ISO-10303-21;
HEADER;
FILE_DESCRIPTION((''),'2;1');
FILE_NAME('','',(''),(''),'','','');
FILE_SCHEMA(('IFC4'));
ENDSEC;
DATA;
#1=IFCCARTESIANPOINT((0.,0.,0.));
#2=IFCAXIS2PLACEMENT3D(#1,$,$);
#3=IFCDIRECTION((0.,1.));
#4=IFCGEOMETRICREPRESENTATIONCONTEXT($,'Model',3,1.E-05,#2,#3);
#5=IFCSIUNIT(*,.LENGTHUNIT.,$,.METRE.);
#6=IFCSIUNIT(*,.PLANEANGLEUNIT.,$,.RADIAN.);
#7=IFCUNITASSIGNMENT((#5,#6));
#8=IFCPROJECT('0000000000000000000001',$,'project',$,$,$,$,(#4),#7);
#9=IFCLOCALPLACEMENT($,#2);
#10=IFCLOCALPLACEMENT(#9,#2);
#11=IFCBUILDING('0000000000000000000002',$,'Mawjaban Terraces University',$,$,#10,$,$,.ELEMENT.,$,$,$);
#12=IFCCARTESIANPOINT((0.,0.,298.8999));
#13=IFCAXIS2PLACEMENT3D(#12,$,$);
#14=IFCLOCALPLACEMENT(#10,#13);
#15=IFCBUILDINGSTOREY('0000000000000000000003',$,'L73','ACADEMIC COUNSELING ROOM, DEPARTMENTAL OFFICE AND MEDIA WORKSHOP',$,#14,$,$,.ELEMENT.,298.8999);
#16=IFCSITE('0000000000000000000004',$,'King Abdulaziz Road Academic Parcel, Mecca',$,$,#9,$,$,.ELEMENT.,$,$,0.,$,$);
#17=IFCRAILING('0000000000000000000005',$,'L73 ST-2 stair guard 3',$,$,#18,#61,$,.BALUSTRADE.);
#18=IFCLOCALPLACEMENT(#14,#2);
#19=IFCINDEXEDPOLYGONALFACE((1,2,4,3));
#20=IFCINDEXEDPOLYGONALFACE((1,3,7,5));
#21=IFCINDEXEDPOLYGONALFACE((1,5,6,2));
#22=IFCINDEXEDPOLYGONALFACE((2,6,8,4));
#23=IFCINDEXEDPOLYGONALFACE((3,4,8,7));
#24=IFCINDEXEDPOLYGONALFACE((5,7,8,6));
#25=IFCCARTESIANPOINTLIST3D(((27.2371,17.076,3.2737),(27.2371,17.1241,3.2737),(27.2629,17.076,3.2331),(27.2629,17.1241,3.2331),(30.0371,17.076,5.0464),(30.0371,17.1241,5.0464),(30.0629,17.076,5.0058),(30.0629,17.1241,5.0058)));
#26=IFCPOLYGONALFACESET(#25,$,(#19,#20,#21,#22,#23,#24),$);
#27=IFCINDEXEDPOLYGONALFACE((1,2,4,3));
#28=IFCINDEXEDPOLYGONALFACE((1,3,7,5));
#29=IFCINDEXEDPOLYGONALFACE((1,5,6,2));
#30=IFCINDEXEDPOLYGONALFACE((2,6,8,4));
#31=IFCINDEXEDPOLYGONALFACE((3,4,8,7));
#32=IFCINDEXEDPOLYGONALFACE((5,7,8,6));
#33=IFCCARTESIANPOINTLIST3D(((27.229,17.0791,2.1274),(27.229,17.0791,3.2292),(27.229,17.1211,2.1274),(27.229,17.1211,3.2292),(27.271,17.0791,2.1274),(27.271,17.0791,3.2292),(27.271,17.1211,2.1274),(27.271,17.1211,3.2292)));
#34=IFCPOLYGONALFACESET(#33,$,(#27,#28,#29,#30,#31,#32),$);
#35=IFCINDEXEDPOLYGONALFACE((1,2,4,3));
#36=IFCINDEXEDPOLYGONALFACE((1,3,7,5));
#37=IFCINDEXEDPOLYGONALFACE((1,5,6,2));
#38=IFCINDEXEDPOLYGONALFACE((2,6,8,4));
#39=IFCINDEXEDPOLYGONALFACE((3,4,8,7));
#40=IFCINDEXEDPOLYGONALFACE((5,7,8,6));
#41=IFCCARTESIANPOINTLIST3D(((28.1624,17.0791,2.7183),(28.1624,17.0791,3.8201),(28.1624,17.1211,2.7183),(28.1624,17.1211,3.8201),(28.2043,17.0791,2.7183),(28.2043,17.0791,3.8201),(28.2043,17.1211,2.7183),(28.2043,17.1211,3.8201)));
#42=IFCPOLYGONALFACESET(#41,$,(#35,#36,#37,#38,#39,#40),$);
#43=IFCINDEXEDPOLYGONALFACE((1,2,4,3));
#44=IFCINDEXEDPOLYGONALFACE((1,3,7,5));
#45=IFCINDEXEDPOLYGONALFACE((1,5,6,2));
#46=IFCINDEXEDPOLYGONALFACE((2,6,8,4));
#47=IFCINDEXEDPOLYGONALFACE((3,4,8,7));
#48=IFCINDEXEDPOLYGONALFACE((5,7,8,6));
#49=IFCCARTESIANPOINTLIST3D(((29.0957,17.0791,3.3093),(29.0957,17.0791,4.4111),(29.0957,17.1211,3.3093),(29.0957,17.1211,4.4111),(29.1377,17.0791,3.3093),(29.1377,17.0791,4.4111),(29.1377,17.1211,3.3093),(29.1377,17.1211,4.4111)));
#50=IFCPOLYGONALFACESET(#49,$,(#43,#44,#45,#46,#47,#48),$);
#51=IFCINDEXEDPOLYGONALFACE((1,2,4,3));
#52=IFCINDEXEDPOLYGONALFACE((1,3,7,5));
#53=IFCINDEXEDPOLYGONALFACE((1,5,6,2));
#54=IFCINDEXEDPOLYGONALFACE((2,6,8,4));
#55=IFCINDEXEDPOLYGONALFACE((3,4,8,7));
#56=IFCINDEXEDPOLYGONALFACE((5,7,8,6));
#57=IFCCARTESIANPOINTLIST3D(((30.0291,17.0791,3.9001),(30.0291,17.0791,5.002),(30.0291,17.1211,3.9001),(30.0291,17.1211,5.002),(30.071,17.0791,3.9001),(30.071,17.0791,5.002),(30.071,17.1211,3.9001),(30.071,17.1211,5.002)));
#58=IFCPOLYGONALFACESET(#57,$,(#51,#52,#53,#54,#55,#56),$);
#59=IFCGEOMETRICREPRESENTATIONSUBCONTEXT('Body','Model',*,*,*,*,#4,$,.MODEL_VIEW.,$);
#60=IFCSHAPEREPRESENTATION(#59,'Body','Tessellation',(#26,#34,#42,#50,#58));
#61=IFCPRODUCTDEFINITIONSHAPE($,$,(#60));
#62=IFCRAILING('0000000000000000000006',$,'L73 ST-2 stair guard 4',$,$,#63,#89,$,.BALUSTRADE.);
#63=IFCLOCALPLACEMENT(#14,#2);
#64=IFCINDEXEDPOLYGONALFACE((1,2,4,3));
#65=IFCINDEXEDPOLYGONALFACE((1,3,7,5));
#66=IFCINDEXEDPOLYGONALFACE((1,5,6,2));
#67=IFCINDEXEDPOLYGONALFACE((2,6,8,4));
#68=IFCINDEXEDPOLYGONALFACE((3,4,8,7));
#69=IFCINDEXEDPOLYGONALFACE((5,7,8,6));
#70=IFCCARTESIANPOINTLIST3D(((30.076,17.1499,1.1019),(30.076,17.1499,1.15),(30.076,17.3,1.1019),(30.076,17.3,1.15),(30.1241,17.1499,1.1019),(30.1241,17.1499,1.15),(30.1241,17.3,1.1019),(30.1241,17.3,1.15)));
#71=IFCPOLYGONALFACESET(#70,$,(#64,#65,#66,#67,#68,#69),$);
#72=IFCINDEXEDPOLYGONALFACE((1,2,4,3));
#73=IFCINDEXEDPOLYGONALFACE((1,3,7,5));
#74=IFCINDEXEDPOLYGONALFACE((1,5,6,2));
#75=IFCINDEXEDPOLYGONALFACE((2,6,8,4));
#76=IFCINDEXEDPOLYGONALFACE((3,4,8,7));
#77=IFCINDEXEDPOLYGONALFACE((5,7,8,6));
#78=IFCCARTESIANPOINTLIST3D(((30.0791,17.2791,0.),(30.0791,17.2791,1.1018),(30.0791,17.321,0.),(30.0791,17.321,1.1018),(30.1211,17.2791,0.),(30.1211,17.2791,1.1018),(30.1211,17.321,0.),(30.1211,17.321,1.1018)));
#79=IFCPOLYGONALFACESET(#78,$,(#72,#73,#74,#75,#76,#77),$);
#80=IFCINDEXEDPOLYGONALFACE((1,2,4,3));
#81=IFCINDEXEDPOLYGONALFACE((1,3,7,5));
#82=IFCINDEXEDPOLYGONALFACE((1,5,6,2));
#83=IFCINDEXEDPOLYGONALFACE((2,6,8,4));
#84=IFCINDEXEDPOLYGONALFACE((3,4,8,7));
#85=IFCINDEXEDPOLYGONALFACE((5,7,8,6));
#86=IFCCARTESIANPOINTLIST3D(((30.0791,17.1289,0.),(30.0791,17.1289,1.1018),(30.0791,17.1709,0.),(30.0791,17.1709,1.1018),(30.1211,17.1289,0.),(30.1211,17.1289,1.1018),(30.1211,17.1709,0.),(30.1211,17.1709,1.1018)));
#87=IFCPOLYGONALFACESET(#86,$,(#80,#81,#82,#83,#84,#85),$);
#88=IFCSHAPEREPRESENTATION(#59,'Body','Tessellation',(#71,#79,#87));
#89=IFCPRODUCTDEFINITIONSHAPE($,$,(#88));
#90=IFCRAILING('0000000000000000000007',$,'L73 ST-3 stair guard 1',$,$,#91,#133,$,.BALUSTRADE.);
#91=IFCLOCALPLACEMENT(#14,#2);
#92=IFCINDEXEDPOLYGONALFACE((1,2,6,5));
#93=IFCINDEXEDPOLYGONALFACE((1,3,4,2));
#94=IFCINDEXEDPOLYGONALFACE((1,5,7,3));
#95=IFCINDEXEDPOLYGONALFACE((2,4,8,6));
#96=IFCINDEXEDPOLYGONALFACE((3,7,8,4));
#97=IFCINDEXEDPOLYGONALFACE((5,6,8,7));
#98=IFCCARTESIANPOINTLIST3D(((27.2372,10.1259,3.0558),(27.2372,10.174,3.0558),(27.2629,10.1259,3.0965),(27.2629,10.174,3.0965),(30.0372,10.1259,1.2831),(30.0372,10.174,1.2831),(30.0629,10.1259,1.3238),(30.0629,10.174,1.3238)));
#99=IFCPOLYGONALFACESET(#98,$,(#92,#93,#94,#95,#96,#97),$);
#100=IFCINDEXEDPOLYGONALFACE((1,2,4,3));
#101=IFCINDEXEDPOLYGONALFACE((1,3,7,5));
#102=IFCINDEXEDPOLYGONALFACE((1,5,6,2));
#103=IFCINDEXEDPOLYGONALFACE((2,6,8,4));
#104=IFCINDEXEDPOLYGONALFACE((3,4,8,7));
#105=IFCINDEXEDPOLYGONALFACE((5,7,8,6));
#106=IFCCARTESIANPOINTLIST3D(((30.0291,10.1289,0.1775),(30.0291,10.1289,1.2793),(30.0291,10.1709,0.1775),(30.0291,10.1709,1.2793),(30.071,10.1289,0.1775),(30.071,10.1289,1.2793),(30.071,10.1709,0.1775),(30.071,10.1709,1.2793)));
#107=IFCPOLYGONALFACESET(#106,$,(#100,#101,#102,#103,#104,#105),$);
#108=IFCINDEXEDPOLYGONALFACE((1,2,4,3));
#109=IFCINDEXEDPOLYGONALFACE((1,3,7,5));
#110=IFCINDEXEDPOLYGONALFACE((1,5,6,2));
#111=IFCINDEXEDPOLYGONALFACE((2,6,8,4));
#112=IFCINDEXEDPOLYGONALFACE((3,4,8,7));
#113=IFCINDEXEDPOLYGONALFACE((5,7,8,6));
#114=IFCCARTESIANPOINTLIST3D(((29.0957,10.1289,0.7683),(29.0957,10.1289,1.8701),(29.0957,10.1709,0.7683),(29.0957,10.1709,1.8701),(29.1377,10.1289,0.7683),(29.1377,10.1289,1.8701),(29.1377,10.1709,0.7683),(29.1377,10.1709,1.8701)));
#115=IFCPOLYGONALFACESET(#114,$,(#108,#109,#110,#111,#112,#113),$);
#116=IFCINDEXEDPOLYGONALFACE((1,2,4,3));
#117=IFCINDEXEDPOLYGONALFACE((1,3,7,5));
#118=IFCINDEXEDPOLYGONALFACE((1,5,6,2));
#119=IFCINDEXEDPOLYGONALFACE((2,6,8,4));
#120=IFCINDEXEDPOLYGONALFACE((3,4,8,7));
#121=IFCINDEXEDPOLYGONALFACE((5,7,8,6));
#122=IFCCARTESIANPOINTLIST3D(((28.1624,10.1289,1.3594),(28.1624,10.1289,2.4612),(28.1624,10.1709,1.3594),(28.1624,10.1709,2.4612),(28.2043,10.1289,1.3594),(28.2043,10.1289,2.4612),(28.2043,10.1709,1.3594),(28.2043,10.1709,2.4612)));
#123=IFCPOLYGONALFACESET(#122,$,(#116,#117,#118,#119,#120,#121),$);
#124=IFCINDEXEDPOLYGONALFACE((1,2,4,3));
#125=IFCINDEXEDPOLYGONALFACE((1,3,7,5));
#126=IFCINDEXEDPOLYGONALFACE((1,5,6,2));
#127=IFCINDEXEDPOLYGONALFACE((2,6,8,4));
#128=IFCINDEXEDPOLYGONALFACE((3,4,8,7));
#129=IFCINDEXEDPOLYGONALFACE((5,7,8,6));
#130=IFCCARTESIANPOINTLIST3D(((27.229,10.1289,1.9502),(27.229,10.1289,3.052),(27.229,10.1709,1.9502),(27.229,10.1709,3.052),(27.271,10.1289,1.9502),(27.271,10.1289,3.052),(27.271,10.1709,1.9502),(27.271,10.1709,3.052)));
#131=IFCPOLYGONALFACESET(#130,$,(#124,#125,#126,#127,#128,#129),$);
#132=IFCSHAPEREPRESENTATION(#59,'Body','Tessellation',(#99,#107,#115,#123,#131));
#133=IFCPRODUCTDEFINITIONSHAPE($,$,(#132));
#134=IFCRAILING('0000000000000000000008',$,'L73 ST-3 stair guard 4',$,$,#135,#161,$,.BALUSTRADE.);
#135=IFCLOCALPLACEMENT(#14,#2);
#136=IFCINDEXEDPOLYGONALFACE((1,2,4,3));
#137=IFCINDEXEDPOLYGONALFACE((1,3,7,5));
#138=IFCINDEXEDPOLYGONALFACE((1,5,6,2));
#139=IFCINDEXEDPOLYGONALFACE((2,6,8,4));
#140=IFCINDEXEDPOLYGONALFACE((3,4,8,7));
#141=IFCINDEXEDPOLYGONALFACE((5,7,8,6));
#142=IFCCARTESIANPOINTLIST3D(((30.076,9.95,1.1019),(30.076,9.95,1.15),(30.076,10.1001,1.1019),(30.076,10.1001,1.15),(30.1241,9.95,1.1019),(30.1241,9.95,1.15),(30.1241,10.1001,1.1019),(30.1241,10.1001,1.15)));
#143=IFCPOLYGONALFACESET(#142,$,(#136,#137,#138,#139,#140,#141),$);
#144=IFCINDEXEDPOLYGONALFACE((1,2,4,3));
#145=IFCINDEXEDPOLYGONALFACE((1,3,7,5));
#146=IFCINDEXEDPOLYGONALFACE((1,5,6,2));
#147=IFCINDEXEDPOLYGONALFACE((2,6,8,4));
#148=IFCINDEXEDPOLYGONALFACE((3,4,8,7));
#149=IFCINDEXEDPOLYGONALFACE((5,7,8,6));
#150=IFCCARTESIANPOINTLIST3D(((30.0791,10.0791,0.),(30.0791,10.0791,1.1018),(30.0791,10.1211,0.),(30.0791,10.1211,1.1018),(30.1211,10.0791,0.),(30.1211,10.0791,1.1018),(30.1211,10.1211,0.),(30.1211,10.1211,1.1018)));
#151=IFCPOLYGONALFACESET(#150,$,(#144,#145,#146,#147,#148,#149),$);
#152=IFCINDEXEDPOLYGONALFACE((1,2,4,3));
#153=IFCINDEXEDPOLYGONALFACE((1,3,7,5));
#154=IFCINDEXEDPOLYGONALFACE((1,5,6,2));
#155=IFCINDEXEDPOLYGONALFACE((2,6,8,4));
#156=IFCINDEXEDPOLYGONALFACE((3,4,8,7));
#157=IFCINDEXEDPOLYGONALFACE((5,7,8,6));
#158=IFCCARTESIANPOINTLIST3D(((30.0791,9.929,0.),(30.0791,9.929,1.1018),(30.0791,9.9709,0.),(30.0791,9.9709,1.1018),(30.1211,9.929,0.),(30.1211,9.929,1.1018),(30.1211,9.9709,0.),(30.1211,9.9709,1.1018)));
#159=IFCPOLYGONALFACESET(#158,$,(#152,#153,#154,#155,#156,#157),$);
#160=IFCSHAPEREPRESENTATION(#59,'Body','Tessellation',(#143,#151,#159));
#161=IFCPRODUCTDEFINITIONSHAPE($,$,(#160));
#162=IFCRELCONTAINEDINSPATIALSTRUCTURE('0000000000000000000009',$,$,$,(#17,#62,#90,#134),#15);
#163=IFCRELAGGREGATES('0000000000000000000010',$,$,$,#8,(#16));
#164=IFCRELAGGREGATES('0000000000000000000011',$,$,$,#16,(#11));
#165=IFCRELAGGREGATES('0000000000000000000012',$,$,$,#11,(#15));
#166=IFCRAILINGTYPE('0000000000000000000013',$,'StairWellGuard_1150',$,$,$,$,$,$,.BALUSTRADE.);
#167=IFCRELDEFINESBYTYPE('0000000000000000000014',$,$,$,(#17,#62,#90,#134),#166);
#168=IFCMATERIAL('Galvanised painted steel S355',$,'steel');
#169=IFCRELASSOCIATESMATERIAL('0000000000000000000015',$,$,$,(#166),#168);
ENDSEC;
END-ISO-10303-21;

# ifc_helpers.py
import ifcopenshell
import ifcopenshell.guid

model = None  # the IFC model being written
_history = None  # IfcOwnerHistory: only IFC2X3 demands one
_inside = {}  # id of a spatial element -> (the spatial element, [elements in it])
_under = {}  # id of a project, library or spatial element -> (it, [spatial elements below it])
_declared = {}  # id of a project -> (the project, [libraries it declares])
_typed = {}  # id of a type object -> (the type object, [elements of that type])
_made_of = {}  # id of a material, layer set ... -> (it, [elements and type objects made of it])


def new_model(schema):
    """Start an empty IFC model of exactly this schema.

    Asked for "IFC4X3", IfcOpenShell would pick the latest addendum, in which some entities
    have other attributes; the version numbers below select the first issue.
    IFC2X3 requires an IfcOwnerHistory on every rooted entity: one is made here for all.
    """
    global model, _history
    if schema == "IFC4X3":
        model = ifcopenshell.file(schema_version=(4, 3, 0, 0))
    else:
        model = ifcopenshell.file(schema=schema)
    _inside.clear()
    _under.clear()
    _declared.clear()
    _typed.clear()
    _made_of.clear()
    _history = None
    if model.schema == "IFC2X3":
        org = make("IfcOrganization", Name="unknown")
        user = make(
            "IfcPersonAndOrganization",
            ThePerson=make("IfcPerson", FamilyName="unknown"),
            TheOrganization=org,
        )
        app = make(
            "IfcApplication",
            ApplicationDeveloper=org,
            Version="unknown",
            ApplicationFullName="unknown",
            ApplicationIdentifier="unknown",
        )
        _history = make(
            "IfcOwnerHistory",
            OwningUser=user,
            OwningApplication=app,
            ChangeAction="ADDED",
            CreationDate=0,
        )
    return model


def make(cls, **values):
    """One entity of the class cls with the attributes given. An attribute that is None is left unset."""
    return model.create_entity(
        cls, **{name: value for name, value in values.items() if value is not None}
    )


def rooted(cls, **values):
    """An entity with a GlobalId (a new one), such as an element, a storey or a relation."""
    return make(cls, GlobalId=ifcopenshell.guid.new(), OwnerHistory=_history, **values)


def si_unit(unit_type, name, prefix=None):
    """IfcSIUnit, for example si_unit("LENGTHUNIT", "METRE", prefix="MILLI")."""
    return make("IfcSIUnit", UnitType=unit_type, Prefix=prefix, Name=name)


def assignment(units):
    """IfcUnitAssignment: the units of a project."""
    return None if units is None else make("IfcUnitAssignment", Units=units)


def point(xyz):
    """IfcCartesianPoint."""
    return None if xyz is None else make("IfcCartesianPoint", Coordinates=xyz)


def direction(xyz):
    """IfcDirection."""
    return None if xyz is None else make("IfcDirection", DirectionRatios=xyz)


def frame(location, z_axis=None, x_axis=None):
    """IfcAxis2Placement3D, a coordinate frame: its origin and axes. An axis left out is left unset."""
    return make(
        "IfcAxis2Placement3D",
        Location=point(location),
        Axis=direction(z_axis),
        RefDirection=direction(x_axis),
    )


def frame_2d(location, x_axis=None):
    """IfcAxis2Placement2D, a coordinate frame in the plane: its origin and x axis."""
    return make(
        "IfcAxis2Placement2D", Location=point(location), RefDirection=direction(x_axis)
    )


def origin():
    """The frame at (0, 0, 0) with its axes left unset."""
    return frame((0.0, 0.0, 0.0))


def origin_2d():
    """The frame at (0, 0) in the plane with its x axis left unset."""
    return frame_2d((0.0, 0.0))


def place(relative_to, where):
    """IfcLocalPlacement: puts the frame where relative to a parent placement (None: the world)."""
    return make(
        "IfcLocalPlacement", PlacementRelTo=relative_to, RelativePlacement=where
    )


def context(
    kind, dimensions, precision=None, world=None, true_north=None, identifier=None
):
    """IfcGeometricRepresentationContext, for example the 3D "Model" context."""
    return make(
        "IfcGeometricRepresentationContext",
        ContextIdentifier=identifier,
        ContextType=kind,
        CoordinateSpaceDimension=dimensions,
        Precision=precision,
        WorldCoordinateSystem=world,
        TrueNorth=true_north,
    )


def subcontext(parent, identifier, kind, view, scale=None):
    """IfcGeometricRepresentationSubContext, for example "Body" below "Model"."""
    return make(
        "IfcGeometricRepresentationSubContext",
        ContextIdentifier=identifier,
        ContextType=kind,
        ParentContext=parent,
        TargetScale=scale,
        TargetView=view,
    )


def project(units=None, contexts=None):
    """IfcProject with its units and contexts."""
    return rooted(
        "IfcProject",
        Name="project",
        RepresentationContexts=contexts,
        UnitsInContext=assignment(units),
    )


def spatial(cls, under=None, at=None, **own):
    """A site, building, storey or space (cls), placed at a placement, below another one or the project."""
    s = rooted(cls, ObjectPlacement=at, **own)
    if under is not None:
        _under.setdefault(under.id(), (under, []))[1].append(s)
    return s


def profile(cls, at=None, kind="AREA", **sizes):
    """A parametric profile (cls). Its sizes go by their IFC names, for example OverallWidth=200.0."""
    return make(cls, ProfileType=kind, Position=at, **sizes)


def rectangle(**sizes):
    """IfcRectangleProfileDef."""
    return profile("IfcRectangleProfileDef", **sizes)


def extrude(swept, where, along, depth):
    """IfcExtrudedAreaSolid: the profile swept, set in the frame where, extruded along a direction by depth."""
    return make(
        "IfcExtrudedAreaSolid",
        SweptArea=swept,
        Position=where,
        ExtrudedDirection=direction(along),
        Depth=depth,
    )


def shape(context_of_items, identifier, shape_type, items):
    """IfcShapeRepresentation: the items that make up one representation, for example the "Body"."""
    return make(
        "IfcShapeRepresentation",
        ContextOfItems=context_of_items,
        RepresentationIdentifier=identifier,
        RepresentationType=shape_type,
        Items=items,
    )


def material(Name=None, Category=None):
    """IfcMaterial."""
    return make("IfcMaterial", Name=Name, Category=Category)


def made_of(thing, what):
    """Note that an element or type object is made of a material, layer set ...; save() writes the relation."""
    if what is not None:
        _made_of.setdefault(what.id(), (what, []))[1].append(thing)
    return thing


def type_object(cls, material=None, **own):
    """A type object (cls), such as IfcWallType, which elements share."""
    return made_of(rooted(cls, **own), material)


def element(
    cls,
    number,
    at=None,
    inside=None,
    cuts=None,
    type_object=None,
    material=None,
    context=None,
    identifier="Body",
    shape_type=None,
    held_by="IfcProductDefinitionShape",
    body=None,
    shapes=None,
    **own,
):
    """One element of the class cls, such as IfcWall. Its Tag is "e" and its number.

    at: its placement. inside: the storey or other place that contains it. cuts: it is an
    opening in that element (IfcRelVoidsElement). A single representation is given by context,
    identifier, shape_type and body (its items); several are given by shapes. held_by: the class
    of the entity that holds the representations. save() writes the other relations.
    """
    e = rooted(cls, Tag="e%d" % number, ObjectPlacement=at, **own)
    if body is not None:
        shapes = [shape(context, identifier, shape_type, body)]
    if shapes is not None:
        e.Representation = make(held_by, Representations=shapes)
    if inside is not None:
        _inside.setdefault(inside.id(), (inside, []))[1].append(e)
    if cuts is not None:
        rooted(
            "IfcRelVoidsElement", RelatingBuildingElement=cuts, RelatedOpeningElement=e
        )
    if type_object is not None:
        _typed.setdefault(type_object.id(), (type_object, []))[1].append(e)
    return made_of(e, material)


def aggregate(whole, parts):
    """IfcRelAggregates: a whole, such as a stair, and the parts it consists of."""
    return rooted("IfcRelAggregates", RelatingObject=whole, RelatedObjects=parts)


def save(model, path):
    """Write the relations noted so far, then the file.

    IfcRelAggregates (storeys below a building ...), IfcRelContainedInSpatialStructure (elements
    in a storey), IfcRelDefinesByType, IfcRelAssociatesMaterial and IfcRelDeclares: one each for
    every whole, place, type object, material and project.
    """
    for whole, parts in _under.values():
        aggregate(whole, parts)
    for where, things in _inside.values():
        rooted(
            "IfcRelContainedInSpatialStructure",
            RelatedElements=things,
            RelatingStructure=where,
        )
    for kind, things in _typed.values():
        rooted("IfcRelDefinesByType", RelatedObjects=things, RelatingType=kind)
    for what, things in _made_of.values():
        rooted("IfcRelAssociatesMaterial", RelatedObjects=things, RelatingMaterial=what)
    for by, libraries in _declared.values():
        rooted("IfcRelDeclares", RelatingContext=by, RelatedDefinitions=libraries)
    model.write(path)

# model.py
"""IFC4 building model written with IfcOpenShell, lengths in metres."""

from ifc_helpers import new_model, si_unit, direction, frame, origin, origin_2d, place, context, subcontext, project, spatial, rectangle, extrude, material, type_object, element, save


model = new_model("IFC4")

# Units and contexts
model_context = context("Model", 3, precision=1e-05, world=origin(), true_north=direction((0.0, 1.0)))
body_context = subcontext(model_context, "Body", "Model", "MODEL_VIEW")
ifc_project = project(units=[si_unit("LENGTHUNIT", "METRE"), si_unit("PLANEANGLEUNIT", "RADIAN")], contexts=[model_context])

# Site, building, storey
site_placement = place(None, origin())
site = spatial("IfcSite", under=ifc_project, at=site_placement, Name="King Abdulaziz Road Academic Parcel, Mecca", CompositionType="ELEMENT", RefElevation=0.0)
building_placement = place(site_placement, origin())
building = spatial("IfcBuilding", under=site, at=building_placement, Name="Mawjaban Terraces University", CompositionType="ELEMENT")
storey_placement = place(building_placement, frame((0.0, 0.0, 298.8999)))
storey = spatial("IfcBuildingStorey", under=building, at=storey_placement, Name="L73", Description="ACADEMIC COUNSELING ROOM, DEPARTMENTAL OFFICE AND MEDIA WORKSHOP", CompositionType="ELEMENT", Elevation=298.8999)

# Railings
ifc_material_1 = material(Name="Galvanised painted steel S355", Category="steel")
railing_type_1 = type_object("IfcRailingType", Name="StairWellGuard_1150", PredefinedType="BALUSTRADE", material=ifc_material_1)
railing_1_placement = place(storey_placement, frame((27.25, 17.1001, 2.1274)))
element("IfcRailing", 1, at=railing_1_placement, inside=storey, type_object=railing_type_1, Name="L73 ST-2 stair guard 3", PredefinedType="BALUSTRADE", context=body_context, shape_type="SweptSolid", body=[
    extrude(rectangle(XDim=0.0481, YDim=0.0481, at=origin_2d()), frame((0.0, 0.0, 1.126), z_axis=(0.844909, 0.0, 0.53491), x_axis=(0.0, 1.0, 0.0)), (0.0, 0.0, 1.0), 3.314),
    extrude(rectangle(XDim=0.042, YDim=0.042, at=origin_2d()), origin(), (0.0, 0.0, 1.0), 1.1018),
    extrude(rectangle(XDim=0.042, YDim=0.042, at=origin_2d()), frame((0.9333, 0.0, 0.5908)), (0.0, 0.0, 1.0), 1.1018),
    extrude(rectangle(XDim=0.042, YDim=0.042, at=origin_2d()), frame((1.8667, 0.0, 1.1819)), (0.0, 0.0, 1.0), 1.1018),
    extrude(rectangle(XDim=0.042, YDim=0.042, at=origin_2d()), frame((2.8, 0.0, 1.7727)), (0.0, 0.0, 1.0), 1.1018),
])
railing_2_placement = place(storey_placement, frame((30.1001, 17.3, 0.0)))
element("IfcRailing", 2, at=railing_2_placement, inside=storey, type_object=railing_type_1, Name="L73 ST-2 stair guard 4", PredefinedType="BALUSTRADE", context=body_context, shape_type="SweptSolid", body=[
    extrude(rectangle(XDim=0.0481, YDim=0.0481, at=origin_2d()), frame((0.0, 0.0, 1.126), z_axis=(0.0, -1.0, 0.0), x_axis=(1.0, 0.0, 0.0)), (0.0, 0.0, 1.0), 0.1501),
    extrude(rectangle(XDim=0.042, YDim=0.042, at=origin_2d()), origin(), (0.0, 0.0, 1.0), 1.1018),
    extrude(rectangle(XDim=0.042, YDim=0.042, at=origin_2d()), frame((0.0, -0.1501, 0.0)), (0.0, 0.0, 1.0), 1.1018),
])
railing_3_placement = place(storey_placement, frame((30.05, 10.1499, 0.1775)))
element("IfcRailing", 3, at=railing_3_placement, inside=storey, type_object=railing_type_1, Name="L73 ST-3 stair guard 1", PredefinedType="BALUSTRADE", context=body_context, shape_type="SweptSolid", body=[
    extrude(rectangle(XDim=0.0481, YDim=0.0481, at=origin_2d()), frame((0.0, 0.0, 1.126), z_axis=(-0.844909, 0.0, 0.53491), x_axis=(0.0, -1.0, 0.0)), (0.0, 0.0, 1.0), 3.314),
    extrude(rectangle(XDim=0.042, YDim=0.042, at=origin_2d()), origin(), (0.0, 0.0, 1.0), 1.1018),
    extrude(rectangle(XDim=0.042, YDim=0.042, at=origin_2d()), frame((-0.9333, 0.0, 0.5908)), (0.0, 0.0, 1.0), 1.1018),
    extrude(rectangle(XDim=0.042, YDim=0.042, at=origin_2d()), frame((-1.8667, 0.0, 1.1819)), (0.0, 0.0, 1.0), 1.1018),
    extrude(rectangle(XDim=0.042, YDim=0.042, at=origin_2d()), frame((-2.8, 0.0, 1.7727)), (0.0, 0.0, 1.0), 1.1018),
])
railing_4_placement = place(storey_placement, frame((30.1001, 10.1001, 0.0)))
element("IfcRailing", 4, at=railing_4_placement, inside=storey, type_object=railing_type_1, Name="L73 ST-3 stair guard 4", PredefinedType="BALUSTRADE", context=body_context, shape_type="SweptSolid", body=[
    extrude(rectangle(XDim=0.0481, YDim=0.0481, at=origin_2d()), frame((0.0, 0.0, 1.126), z_axis=(0.0, -1.0, 0.0), x_axis=(1.0, 0.0, 0.0)), (0.0, 0.0, 1.0), 0.1501),
    extrude(rectangle(XDim=0.042, YDim=0.042, at=origin_2d()), origin(), (0.0, 0.0, 1.0), 1.1018),
    extrude(rectangle(XDim=0.042, YDim=0.042, at=origin_2d()), frame((0.0, -0.1501, 0.0)), (0.0, 0.0, 1.0), 1.1018),
])

save(model, "model.ifc")
